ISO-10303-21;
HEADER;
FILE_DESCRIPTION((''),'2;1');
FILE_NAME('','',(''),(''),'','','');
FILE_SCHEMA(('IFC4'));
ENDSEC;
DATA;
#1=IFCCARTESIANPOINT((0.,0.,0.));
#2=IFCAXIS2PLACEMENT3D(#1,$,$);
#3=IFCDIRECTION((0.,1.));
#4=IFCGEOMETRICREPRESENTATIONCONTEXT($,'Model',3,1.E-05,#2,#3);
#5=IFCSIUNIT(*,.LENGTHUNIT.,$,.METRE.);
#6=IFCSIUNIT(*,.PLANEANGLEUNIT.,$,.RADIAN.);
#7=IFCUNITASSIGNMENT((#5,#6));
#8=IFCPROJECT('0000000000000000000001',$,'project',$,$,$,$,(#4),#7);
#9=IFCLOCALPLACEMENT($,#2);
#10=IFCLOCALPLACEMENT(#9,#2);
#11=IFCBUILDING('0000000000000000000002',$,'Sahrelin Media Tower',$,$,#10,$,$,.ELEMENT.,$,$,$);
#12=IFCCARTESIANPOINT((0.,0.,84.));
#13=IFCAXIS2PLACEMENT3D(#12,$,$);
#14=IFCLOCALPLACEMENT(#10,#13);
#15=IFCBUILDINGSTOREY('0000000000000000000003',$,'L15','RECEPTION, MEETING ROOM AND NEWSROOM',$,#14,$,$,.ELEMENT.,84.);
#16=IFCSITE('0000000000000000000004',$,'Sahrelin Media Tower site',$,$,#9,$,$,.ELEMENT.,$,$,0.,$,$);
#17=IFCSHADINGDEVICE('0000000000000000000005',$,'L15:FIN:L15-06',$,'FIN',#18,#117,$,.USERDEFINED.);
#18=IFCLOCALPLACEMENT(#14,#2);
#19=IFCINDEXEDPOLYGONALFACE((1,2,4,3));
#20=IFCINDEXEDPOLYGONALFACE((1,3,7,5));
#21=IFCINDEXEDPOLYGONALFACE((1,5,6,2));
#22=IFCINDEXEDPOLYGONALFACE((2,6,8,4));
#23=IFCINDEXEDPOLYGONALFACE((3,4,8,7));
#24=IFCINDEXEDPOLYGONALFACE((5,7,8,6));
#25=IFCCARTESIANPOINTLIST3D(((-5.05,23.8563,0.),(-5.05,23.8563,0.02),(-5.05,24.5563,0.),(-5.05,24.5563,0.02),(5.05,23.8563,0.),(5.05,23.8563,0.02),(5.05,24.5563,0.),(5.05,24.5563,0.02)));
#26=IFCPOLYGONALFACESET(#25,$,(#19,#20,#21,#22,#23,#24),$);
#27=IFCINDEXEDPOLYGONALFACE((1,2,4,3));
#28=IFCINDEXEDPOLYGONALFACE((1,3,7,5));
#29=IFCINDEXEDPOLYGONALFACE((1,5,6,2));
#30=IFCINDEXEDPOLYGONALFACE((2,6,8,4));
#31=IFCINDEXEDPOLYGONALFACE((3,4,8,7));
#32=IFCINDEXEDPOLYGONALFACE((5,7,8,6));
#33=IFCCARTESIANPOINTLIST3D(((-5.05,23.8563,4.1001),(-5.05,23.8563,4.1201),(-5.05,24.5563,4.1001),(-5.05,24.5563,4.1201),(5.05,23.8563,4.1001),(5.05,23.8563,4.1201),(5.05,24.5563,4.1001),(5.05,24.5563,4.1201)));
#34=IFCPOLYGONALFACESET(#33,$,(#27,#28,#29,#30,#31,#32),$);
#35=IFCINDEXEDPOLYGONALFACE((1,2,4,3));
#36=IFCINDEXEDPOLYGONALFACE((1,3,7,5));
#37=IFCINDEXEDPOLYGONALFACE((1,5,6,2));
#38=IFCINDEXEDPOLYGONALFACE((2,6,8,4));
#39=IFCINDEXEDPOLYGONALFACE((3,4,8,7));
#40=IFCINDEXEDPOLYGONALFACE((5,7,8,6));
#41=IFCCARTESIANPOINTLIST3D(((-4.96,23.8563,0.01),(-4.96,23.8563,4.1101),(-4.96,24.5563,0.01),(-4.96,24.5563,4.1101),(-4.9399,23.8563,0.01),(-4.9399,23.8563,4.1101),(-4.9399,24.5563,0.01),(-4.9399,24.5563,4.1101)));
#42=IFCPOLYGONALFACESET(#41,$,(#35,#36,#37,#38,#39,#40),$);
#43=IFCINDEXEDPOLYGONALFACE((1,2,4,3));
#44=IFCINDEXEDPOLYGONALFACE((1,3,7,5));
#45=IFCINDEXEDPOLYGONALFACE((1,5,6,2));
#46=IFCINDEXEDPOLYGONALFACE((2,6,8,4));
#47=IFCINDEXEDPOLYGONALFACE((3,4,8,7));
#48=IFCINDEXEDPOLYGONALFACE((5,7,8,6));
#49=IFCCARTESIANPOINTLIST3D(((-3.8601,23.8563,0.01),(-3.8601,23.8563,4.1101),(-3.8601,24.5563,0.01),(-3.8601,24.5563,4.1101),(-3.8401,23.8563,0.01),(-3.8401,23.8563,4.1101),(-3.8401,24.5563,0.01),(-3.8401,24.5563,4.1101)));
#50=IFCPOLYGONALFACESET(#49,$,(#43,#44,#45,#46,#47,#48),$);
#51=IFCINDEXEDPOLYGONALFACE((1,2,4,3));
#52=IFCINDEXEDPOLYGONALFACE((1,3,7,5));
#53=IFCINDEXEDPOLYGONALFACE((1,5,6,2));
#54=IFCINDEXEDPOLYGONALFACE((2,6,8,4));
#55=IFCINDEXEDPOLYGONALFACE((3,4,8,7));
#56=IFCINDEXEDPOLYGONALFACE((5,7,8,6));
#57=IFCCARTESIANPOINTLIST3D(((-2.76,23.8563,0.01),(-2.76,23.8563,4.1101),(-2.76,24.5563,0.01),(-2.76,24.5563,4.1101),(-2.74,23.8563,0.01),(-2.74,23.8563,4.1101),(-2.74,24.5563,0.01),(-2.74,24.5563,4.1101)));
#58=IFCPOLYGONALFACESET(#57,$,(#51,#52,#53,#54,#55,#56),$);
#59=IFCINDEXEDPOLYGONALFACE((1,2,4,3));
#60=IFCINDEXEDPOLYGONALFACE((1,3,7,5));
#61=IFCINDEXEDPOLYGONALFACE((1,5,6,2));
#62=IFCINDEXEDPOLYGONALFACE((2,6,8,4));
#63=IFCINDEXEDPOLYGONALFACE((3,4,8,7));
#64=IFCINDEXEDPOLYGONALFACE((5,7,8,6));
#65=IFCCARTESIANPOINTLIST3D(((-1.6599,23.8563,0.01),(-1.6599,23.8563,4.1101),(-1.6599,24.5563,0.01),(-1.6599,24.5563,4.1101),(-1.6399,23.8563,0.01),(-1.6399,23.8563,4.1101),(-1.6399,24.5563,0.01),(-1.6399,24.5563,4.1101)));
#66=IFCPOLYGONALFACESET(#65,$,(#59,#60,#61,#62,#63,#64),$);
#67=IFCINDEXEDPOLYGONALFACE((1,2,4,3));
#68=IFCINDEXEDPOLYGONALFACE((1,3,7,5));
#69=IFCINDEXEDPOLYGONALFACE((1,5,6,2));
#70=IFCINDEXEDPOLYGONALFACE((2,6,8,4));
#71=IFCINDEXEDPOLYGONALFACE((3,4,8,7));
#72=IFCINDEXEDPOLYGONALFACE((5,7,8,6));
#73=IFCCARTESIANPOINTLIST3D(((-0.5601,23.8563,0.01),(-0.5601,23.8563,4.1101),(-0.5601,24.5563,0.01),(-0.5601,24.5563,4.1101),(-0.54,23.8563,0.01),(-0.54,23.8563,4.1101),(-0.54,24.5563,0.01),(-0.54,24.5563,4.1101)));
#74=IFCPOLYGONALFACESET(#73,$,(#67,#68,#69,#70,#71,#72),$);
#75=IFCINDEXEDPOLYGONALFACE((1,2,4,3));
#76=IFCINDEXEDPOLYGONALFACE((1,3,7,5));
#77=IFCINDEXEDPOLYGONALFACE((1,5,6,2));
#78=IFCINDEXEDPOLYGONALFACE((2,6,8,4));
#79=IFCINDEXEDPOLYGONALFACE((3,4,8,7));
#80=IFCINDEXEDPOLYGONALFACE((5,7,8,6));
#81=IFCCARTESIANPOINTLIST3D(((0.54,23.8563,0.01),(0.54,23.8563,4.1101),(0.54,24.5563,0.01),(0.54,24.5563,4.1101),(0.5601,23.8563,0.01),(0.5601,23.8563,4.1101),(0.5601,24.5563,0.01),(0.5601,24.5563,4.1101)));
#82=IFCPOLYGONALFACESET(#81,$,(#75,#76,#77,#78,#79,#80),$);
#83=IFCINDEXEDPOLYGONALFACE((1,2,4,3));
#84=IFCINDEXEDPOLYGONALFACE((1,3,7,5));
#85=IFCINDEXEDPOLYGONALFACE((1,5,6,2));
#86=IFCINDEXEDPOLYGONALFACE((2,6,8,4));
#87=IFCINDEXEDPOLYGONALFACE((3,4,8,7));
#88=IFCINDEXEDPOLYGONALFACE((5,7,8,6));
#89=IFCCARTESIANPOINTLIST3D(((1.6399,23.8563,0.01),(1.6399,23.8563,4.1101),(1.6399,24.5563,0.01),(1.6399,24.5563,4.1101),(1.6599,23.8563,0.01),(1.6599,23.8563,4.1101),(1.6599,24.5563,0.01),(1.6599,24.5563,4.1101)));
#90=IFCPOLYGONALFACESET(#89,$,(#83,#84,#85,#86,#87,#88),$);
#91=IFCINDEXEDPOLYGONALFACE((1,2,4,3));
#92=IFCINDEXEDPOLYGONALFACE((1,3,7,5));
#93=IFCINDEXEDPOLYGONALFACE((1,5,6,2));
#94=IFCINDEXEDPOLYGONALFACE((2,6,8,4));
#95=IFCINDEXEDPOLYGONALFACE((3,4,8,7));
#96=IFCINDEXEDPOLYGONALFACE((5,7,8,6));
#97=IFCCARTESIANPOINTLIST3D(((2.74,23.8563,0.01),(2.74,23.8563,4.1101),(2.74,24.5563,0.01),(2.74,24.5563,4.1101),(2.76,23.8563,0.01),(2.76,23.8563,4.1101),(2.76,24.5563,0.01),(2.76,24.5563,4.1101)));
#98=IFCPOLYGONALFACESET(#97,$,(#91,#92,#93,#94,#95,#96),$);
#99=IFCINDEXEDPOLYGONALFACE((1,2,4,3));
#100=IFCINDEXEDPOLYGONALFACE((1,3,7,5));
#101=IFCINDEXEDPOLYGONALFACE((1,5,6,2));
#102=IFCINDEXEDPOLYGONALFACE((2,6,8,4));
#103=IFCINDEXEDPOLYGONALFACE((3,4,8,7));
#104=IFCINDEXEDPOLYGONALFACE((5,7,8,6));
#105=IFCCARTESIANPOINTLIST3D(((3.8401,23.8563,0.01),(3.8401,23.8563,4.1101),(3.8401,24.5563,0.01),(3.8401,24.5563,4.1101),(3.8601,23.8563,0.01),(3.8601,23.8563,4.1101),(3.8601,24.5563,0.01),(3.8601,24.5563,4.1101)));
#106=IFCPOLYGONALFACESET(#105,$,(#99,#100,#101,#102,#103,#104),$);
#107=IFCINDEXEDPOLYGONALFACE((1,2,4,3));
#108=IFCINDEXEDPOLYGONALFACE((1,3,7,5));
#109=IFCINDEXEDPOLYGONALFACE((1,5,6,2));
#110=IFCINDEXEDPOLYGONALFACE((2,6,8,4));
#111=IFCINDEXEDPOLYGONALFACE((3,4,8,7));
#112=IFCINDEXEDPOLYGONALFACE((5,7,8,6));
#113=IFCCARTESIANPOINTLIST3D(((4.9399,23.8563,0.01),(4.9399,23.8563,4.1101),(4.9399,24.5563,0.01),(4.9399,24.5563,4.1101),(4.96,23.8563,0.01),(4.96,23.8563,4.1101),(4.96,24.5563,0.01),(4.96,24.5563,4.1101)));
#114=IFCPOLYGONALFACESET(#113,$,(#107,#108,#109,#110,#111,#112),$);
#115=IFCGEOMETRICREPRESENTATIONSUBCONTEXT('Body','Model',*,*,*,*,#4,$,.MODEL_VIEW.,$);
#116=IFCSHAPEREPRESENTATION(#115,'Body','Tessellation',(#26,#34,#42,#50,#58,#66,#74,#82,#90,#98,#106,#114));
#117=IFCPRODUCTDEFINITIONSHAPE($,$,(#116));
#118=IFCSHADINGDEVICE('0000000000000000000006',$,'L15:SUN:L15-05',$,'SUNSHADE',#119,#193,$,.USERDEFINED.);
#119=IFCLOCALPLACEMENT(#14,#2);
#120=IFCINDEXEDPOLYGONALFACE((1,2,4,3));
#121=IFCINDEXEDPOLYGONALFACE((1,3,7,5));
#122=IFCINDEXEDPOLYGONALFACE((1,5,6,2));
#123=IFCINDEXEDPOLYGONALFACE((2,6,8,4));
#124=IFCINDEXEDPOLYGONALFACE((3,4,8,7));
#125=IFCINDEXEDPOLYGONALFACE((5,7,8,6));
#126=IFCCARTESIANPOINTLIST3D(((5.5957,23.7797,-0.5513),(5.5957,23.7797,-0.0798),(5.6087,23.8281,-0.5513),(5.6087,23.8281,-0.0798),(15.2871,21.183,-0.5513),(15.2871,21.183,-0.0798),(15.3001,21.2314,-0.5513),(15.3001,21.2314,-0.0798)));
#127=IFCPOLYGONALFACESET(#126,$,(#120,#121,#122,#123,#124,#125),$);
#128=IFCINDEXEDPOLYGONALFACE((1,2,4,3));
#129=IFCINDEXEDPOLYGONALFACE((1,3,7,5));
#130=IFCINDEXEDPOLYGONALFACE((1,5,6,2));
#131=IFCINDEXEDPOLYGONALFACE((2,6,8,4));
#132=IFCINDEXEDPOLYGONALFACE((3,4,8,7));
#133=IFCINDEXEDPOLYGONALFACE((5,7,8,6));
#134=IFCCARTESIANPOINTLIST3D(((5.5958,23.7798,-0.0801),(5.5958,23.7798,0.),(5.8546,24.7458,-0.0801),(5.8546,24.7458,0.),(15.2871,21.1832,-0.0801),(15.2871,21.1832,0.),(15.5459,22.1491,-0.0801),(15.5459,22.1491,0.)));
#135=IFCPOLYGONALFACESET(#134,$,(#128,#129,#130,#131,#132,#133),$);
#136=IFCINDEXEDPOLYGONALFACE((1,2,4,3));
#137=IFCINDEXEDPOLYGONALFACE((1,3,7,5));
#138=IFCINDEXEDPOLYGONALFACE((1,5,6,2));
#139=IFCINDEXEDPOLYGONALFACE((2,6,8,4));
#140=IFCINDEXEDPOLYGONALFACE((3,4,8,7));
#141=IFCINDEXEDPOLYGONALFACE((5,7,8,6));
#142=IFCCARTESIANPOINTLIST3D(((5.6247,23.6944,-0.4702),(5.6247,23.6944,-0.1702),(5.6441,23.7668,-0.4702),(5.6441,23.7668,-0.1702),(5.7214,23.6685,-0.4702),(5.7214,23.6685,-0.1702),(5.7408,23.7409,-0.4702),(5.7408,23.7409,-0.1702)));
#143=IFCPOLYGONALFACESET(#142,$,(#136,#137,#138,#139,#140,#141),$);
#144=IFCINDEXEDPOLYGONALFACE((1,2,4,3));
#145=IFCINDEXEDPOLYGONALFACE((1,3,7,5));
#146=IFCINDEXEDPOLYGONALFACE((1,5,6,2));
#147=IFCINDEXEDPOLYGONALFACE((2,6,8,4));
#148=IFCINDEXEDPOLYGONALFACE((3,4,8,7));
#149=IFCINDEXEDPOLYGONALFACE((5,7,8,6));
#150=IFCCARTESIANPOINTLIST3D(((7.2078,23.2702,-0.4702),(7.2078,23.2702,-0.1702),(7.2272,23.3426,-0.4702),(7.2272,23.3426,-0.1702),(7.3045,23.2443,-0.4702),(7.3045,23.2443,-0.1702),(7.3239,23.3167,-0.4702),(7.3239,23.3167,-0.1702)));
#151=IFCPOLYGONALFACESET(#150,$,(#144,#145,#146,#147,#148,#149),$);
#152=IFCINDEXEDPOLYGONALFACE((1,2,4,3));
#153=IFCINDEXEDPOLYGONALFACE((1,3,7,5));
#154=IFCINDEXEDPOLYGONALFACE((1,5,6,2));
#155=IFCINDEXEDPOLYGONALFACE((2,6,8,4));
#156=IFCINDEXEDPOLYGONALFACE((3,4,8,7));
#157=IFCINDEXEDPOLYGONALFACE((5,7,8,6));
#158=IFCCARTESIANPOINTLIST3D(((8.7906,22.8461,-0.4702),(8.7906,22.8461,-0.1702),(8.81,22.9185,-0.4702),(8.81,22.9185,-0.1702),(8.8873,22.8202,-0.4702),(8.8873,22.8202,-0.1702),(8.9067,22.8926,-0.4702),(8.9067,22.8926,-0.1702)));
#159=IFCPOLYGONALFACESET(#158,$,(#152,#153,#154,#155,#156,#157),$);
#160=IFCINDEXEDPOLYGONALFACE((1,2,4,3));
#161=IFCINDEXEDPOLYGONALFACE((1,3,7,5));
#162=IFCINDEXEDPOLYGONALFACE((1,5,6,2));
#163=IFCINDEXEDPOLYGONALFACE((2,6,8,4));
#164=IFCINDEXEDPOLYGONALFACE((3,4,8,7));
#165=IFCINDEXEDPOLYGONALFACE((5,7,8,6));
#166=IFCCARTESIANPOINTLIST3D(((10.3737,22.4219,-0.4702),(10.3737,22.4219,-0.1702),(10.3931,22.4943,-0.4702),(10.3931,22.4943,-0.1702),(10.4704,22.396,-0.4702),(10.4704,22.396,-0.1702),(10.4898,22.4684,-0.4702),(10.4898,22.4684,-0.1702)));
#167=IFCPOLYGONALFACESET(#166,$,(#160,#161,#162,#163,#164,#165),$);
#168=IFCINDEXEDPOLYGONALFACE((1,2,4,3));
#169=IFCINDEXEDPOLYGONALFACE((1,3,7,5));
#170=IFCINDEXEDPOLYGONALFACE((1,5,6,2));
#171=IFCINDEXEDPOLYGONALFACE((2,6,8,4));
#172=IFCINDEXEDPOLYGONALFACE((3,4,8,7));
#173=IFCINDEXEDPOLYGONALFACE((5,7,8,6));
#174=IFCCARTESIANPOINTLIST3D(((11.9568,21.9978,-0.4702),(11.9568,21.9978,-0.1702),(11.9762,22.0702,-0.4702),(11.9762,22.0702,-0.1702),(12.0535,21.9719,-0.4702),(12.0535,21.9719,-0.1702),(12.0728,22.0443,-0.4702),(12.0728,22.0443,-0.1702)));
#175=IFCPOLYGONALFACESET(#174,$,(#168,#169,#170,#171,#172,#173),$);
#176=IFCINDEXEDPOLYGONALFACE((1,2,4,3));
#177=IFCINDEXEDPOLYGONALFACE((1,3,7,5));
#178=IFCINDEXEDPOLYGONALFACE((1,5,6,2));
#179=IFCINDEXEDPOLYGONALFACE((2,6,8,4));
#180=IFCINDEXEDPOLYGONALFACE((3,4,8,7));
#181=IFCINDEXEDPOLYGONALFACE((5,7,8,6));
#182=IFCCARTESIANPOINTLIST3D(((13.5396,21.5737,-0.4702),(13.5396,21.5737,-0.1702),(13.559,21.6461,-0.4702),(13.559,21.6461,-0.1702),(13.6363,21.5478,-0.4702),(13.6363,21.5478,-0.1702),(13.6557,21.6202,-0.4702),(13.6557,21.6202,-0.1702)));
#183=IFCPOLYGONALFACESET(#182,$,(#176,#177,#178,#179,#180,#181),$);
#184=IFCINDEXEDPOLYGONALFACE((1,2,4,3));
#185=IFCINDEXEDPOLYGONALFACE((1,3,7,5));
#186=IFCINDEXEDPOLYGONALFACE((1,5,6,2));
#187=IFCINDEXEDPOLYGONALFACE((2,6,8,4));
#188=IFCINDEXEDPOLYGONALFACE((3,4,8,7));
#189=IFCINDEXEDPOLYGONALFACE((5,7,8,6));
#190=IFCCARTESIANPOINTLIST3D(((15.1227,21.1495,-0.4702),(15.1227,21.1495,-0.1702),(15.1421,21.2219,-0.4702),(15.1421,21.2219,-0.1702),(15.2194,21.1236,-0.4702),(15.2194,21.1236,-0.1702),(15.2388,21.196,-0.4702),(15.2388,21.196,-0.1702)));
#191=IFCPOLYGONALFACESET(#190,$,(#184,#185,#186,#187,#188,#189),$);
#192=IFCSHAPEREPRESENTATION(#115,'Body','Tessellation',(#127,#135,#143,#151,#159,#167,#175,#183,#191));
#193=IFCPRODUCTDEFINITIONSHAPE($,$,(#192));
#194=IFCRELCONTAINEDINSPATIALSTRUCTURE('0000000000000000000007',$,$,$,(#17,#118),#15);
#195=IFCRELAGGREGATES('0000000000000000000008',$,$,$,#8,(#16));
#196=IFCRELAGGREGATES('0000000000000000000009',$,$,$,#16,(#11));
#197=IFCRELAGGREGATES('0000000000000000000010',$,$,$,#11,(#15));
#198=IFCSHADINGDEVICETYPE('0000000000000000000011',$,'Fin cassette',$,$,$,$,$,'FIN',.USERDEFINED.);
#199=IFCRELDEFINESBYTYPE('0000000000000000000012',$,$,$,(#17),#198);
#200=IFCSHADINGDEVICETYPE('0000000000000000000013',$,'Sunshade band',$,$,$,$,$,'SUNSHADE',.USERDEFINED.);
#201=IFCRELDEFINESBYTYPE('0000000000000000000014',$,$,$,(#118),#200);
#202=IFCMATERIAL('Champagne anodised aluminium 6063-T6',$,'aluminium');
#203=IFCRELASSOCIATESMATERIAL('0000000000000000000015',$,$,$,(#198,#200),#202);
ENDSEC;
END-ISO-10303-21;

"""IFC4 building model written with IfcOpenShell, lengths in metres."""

from ifc_helpers import new_model, si_unit, direction, frame, origin, origin_2d, place, context, subcontext, project, spatial, rectangle, extrude, material, type_object, element, save


model = new_model("IFC4")

# Units and contexts
model_context = context("Model", 3, precision=1e-05, world=origin(), true_north=direction((0.0, 1.0)))
body_context = subcontext(model_context, "Body", "Model", "MODEL_VIEW")
ifc_project = project(units=[si_unit("LENGTHUNIT", "METRE"), si_unit("PLANEANGLEUNIT", "RADIAN")], contexts=[model_context])

# Site, building, storey
site_placement = place(None, origin())
site = spatial("IfcSite", under=ifc_project, at=site_placement, Name="Sahrelin Media Tower site", CompositionType="ELEMENT", RefElevation=0.0)
building_placement = place(site_placement, origin())
building = spatial("IfcBuilding", under=site, at=building_placement, Name="Sahrelin Media Tower", CompositionType="ELEMENT")
storey_placement = place(building_placement, frame((0.0, 0.0, 84.0)))
storey = spatial("IfcBuildingStorey", under=building, at=storey_placement, Name="L15", Description="RECEPTION, MEETING ROOM AND NEWSROOM", CompositionType="ELEMENT", Elevation=84.0)

# Shared definitions
ifc_material_1 = material(Name="Champagne anodised aluminium 6063-T6", Category="aluminium")
placement_1 = place(storey_placement, frame((0.0, 23.7864, 0.0), z_axis=(0.0, 0.0, 1.0), x_axis=(1.0, 0.0, 0.0)))

# Shading devices
shading_device_type_1 = type_object("IfcShadingDeviceType", Name="Fin cassette", ElementType="FIN", PredefinedType="USERDEFINED", material=ifc_material_1)
placement_2 = place(storey_placement, frame((10.4363, 22.4622, 0.0), z_axis=(0.0, 0.0, 1.0), x_axis=(0.965929, -0.258808, 0.0)))
element("IfcShadingDevice", 1, at=placement_1, inside=storey, type_object=shading_device_type_1, Name="L15:FIN:L15-06", ObjectType="FIN", PredefinedType="USERDEFINED", context=body_context, shape_type="SweptSolid", body=[
    extrude(rectangle(XDim=10.1001, YDim=0.7, at=origin_2d()), frame((0.0, 0.4199, 0.0)), (0.0, 0.0, 1.0), 0.02),
    extrude(rectangle(XDim=10.1001, YDim=0.7, at=origin_2d()), frame((0.0, 0.4199, 4.1001)), (0.0, 0.0, 1.0), 0.02),
    extrude(rectangle(XDim=0.02, YDim=0.7, at=origin_2d()), frame((-4.95, 0.4199, 0.01), z_axis=(0.0, 0.0, 1.0), x_axis=(1.0, 0.0, 0.0)), (0.0, 0.0, 1.0), 4.1001),
    extrude(rectangle(XDim=0.02, YDim=0.7, at=origin_2d()), frame((-3.8501, 0.4199, 0.01), z_axis=(0.0, 0.0, 1.0), x_axis=(1.0, 0.0, 0.0)), (0.0, 0.0, 1.0), 4.1001),
    extrude(rectangle(XDim=0.02, YDim=0.7, at=origin_2d()), frame((-2.75, 0.4199, 0.01), z_axis=(0.0, 0.0, 1.0), x_axis=(1.0, 0.0, 0.0)), (0.0, 0.0, 1.0), 4.1001),
    extrude(rectangle(XDim=0.02, YDim=0.7, at=origin_2d()), frame((-1.6499, 0.4199, 0.01), z_axis=(0.0, 0.0, 1.0), x_axis=(1.0, 0.0, 0.0)), (0.0, 0.0, 1.0), 4.1001),
    extrude(rectangle(XDim=0.02, YDim=0.7, at=origin_2d()), frame((-0.55, 0.4199, 0.01), z_axis=(0.0, 0.0, 1.0), x_axis=(1.0, 0.0, 0.0)), (0.0, 0.0, 1.0), 4.1001),
    extrude(rectangle(XDim=0.02, YDim=0.7, at=origin_2d()), frame((0.55, 0.4199, 0.01), z_axis=(0.0, 0.0, 1.0), x_axis=(1.0, 0.0, 0.0)), (0.0, 0.0, 1.0), 4.1001),
    extrude(rectangle(XDim=0.02, YDim=0.7, at=origin_2d()), frame((1.6499, 0.4199, 0.01), z_axis=(0.0, 0.0, 1.0), x_axis=(1.0, 0.0, 0.0)), (0.0, 0.0, 1.0), 4.1001),
    extrude(rectangle(XDim=0.02, YDim=0.7, at=origin_2d()), frame((2.75, 0.4199, 0.01), z_axis=(0.0, 0.0, 1.0), x_axis=(1.0, 0.0, 0.0)), (0.0, 0.0, 1.0), 4.1001),
    extrude(rectangle(XDim=0.02, YDim=0.7, at=origin_2d()), frame((3.8501, 0.4199, 0.01), z_axis=(0.0, 0.0, 1.0), x_axis=(1.0, 0.0, 0.0)), (0.0, 0.0, 1.0), 4.1001),
    extrude(rectangle(XDim=0.02, YDim=0.7, at=origin_2d()), frame((4.95, 0.4199, 0.01), z_axis=(0.0, 0.0, 1.0), x_axis=(1.0, 0.0, 0.0)), (0.0, 0.0, 1.0), 4.1001),
])
shading_device_type_2 = type_object("IfcShadingDeviceType", Name="Sunshade band", ElementType="SUNSHADE", PredefinedType="USERDEFINED", material=ifc_material_1)
element("IfcShadingDevice", 2, at=placement_2, inside=storey, type_object=shading_device_type_2, Name="L15:SUN:L15-05", ObjectType="SUNSHADE", PredefinedType="USERDEFINED", context=body_context, shape_type="SweptSolid", body=[
    extrude(rectangle(XDim=10.0332, YDim=0.05, at=origin_2d()), frame((0.0, 0.0449, -0.5513)), (0.0, 0.0, 1.0), 0.4714),
    extrude(rectangle(XDim=10.0332, YDim=1.0, at=origin_2d()), frame((0.0, 0.52, -0.0801)), (0.0, 0.0, 1.0), 0.0801),
    extrude(rectangle(XDim=0.1001, YDim=0.075, at=origin_2d()), frame((-4.9165, -0.0176, -0.4702)), (0.0, 0.0, 1.0), 0.3),
    extrude(rectangle(XDim=0.1001, YDim=0.075, at=origin_2d()), frame((-3.2776, -0.0176, -0.4702)), (0.0, 0.0, 1.0), 0.3),
    extrude(rectangle(XDim=0.1001, YDim=0.075, at=origin_2d()), frame((-1.6389, -0.0176, -0.4702)), (0.0, 0.0, 1.0), 0.3),
    extrude(rectangle(XDim=0.1001, YDim=0.075, at=origin_2d()), frame((0.0, -0.0176, -0.4702)), (0.0, 0.0, 1.0), 0.3),
    extrude(rectangle(XDim=0.1001, YDim=0.075, at=origin_2d()), frame((1.6389, -0.0176, -0.4702)), (0.0, 0.0, 1.0), 0.3),
    extrude(rectangle(XDim=0.1001, YDim=0.075, at=origin_2d()), frame((3.2776, -0.0176, -0.4702)), (0.0, 0.0, 1.0), 0.3),
    extrude(rectangle(XDim=0.1001, YDim=0.075, at=origin_2d()), frame((4.9165, -0.0176, -0.4702)), (0.0, 0.0, 1.0), 0.3),
])

save(model, "model.ifc")
